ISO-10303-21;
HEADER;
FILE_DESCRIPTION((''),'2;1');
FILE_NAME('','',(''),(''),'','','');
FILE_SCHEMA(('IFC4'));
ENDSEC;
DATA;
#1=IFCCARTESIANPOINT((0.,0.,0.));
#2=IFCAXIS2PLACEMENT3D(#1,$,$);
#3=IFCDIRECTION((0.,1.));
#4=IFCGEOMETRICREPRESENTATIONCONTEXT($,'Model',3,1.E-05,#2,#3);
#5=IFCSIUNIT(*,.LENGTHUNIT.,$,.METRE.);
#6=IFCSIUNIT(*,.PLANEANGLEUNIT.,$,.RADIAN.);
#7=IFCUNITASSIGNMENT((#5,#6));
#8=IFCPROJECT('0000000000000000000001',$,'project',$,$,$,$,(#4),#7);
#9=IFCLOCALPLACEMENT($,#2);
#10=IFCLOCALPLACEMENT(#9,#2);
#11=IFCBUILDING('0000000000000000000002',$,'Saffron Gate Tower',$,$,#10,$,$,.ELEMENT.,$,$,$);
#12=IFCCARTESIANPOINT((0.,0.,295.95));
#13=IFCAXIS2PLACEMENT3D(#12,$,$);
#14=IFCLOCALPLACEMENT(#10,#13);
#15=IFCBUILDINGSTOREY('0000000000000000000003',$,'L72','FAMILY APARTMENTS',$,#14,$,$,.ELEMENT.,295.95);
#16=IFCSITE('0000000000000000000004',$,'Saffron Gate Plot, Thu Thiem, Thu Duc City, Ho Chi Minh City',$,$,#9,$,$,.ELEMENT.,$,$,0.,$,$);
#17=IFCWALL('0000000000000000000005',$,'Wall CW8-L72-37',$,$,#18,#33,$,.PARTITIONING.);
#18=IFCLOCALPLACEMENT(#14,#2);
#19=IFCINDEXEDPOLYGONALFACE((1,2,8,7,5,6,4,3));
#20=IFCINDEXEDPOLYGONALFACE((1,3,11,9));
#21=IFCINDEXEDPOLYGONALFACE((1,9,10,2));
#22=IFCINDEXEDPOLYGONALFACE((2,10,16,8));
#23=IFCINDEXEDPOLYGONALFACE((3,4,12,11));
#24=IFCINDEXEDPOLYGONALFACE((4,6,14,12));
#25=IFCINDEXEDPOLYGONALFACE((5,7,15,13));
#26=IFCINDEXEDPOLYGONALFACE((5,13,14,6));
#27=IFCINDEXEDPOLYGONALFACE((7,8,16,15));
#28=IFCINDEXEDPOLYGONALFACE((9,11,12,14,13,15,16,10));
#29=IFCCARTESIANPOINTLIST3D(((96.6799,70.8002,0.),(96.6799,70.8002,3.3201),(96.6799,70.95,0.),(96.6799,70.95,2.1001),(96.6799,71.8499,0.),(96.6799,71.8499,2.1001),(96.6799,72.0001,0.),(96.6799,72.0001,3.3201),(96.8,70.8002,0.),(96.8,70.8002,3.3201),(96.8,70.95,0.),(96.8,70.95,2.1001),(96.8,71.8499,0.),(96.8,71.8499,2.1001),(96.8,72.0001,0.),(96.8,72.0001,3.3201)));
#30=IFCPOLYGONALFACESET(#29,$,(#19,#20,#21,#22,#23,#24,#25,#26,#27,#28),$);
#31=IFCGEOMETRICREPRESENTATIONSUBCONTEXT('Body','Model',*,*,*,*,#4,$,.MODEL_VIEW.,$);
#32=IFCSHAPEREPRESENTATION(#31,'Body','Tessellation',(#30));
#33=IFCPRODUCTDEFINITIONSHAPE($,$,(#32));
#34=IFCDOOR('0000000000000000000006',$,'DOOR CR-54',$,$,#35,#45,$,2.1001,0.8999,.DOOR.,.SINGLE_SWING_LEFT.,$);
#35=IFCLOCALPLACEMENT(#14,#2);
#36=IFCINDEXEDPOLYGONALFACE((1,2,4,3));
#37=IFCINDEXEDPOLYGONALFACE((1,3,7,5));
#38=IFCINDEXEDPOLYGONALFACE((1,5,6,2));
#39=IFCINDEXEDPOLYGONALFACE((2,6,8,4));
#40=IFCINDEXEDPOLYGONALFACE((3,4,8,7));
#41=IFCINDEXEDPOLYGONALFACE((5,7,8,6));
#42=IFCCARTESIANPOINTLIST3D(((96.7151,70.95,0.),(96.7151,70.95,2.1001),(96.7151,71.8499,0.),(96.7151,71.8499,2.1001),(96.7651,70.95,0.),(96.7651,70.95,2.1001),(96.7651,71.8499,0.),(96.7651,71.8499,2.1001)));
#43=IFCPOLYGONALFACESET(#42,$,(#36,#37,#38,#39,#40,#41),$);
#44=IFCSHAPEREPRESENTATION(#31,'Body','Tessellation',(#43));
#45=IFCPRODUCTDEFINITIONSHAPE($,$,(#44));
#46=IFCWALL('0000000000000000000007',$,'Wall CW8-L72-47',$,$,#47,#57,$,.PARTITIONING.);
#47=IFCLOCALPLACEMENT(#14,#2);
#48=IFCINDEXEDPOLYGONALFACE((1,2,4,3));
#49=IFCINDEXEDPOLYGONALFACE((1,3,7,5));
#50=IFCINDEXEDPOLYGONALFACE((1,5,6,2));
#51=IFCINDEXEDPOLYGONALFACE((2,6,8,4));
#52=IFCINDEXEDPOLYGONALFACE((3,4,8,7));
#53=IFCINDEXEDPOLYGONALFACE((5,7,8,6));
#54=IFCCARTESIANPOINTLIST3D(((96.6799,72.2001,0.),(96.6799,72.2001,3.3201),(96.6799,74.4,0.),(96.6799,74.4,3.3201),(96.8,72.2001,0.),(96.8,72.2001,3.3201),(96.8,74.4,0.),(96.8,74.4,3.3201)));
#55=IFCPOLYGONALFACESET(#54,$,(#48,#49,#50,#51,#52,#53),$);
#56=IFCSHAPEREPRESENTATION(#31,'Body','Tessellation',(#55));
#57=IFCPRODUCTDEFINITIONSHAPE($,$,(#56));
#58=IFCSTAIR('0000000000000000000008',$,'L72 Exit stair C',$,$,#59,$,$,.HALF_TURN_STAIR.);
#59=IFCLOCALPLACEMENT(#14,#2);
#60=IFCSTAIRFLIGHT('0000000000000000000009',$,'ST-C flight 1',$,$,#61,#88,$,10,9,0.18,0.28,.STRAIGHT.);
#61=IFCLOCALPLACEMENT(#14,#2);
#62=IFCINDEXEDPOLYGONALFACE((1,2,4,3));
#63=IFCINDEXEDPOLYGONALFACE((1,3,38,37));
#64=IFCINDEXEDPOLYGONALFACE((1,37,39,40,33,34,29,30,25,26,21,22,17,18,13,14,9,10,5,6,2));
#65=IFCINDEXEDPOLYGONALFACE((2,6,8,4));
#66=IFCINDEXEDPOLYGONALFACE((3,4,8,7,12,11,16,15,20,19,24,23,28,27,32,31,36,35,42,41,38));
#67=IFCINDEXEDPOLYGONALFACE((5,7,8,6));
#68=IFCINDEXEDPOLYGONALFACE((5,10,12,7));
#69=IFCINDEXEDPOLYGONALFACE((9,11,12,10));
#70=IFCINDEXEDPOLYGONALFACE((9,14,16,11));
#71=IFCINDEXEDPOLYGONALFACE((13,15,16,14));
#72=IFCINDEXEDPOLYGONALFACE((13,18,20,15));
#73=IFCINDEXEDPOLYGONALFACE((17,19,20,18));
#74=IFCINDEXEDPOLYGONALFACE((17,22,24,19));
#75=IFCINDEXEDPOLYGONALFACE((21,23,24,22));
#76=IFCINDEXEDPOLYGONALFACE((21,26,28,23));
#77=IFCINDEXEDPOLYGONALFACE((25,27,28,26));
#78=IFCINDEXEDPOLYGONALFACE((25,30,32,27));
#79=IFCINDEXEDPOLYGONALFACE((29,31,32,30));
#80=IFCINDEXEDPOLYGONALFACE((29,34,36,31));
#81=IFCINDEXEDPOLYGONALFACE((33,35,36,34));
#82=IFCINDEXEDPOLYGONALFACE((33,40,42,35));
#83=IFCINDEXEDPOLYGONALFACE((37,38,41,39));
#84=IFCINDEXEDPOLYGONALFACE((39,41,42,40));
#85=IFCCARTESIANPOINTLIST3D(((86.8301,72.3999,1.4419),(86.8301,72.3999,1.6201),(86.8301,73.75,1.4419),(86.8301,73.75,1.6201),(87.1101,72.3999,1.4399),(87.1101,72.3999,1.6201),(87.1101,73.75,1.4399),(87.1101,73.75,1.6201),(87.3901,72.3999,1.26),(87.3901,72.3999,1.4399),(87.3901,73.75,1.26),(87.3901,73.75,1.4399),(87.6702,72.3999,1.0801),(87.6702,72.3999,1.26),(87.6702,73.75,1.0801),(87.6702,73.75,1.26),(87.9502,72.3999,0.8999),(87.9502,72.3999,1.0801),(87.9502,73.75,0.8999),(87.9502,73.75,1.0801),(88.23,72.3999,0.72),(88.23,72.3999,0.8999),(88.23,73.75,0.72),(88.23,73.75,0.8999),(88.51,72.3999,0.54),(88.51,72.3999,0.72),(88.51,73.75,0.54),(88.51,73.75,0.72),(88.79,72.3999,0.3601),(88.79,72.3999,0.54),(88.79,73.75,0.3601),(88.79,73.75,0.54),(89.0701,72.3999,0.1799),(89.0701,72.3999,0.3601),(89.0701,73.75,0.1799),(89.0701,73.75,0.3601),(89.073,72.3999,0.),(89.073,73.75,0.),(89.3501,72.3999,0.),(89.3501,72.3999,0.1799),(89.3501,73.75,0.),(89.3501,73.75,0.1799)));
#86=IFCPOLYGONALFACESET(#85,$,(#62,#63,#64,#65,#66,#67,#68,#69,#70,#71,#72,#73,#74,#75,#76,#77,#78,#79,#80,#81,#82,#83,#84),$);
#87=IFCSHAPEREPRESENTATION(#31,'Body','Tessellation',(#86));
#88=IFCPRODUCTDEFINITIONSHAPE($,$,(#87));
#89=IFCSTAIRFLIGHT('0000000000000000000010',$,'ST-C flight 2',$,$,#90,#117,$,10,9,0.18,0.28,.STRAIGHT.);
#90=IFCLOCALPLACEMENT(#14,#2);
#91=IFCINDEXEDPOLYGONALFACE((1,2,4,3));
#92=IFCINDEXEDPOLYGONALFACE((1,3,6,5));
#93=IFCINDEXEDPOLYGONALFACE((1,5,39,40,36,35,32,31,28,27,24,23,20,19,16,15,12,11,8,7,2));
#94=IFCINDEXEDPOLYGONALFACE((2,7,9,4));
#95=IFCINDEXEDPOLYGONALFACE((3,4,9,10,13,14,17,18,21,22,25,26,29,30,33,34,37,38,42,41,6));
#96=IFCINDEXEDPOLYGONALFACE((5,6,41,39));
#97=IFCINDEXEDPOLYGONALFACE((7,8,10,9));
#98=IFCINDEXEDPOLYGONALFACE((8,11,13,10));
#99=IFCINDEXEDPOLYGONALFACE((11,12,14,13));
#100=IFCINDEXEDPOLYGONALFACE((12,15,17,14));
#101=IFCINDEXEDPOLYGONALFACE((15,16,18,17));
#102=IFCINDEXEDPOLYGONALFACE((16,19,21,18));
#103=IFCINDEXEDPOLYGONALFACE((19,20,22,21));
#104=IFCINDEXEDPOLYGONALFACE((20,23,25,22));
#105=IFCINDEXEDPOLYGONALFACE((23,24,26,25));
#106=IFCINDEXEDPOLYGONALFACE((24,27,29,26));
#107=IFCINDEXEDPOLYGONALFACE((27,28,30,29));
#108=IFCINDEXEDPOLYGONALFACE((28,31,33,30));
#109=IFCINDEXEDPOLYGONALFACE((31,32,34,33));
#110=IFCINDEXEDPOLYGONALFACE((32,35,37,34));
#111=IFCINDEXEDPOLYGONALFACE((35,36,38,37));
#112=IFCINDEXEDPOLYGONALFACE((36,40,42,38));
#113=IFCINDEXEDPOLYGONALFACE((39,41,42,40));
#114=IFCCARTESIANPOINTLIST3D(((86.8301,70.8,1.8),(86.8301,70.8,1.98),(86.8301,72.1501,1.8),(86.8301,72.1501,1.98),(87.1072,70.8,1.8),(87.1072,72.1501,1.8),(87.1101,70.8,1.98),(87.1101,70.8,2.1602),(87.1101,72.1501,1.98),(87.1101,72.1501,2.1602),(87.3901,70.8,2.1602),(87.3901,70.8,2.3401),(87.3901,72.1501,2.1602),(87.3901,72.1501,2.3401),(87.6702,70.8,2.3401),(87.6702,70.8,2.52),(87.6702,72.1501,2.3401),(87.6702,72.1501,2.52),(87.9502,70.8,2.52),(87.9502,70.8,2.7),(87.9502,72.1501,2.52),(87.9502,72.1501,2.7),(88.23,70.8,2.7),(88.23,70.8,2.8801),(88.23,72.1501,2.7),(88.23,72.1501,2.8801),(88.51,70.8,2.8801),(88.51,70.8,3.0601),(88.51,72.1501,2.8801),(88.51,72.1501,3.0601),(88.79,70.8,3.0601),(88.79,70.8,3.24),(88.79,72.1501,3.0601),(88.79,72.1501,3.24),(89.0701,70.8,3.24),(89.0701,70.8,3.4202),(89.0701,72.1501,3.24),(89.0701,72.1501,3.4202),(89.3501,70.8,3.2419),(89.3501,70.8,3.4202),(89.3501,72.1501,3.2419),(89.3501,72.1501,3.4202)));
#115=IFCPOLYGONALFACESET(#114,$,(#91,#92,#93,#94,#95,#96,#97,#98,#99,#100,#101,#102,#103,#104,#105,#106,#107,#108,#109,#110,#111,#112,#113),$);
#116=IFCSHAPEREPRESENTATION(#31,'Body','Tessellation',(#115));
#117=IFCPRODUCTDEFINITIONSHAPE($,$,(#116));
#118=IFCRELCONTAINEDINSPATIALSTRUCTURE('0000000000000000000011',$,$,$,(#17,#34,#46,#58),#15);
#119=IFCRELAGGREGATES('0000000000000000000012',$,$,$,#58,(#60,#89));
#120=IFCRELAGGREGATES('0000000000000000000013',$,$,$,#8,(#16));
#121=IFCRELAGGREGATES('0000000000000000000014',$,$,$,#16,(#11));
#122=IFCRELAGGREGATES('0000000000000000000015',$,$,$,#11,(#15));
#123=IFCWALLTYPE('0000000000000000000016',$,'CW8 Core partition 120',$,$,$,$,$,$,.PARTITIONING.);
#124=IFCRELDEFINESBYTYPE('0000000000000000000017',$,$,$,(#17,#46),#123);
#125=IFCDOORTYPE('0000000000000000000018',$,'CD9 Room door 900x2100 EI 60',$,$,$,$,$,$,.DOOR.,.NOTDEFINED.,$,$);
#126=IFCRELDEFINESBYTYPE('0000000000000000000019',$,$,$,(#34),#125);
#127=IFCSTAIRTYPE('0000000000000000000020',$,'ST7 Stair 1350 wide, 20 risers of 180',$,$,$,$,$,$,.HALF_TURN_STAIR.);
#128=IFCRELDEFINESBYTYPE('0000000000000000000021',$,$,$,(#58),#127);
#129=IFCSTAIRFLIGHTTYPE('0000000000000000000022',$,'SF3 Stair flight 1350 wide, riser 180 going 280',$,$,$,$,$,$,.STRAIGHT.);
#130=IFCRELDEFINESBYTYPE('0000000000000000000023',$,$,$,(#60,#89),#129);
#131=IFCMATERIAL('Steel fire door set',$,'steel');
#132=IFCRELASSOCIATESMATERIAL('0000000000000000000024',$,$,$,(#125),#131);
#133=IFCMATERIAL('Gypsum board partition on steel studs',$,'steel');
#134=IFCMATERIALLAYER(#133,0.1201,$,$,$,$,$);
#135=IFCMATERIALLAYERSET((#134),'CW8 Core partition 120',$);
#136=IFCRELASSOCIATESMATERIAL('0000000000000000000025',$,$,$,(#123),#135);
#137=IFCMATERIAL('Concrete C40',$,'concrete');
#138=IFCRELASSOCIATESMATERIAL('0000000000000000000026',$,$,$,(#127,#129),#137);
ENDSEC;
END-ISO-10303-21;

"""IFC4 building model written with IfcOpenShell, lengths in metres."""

from ifc_helpers import new_model, si_unit, direction, frame, frame_2d, origin, place, context, subcontext, project, spatial, polyline, rectangle, outline, extrude, material, layer, layer_set, type_object, element, fill, aggregate, save


model = new_model("IFC4")

# Units and contexts
model_context = context("Model", 3, precision=1e-05, world=origin(), true_north=direction((0.0, 1.0)))
body_context = subcontext(model_context, "Body", "Model", "MODEL_VIEW")
ifc_project = project(units=[si_unit("LENGTHUNIT", "METRE"), si_unit("PLANEANGLEUNIT", "RADIAN")], contexts=[model_context])

# Site, building, storey
site_placement = place(None, origin())
site = spatial("IfcSite", under=ifc_project, at=site_placement, Name="Saffron Gate Plot, Thu Thiem, Thu Duc City, Ho Chi Minh City", CompositionType="ELEMENT", RefElevation=0.0)
building_placement = place(site_placement, origin())
building = spatial("IfcBuilding", under=site, at=building_placement, Name="Saffron Gate Tower", CompositionType="ELEMENT")
storey_placement = place(building_placement, frame((0.0, 0.0, 295.95)))
storey = spatial("IfcBuildingStorey", under=building, at=storey_placement, Name="L72", Description="FAMILY APARTMENTS", CompositionType="ELEMENT", Elevation=295.95)

# Shared definitions
ifc_material_1 = material(Name="Steel fire door set", Category="steel")

# Shared definitions
door_type_1 = type_object("IfcDoorType", Name="CD9 Room door 900x2100 EI 60", OperationType="NOTDEFINED", PredefinedType="DOOR", material=ifc_material_1)

# Wall, opening, door
ifc_material_2 = material(Name="Gypsum board partition on steel studs", Category="steel")
ifc_layer_1 = layer(ifc_material_2, 0.1201)
ifc_layer_set_1 = layer_set([ifc_layer_1], Name="CW8 Core partition 120")
wall_type_1 = type_object("IfcWallType", Name="CW8 Core partition 120", PredefinedType="PARTITIONING", material=ifc_layer_set_1)
wall_1_placement = place(storey_placement, frame((96.74, 70.8, 0.0), z_axis=(0.0, 0.0, 1.0), x_axis=(0.0, 1.0, 0.0)))
wall_1 = element("IfcWall", 1, at=wall_1_placement, inside=storey, type_object=wall_type_1, Name="Wall CW8-L72-37", PredefinedType="PARTITIONING", context=body_context, shape_type="SweptSolid", body=[
    extrude(rectangle(XDim=1.2, YDim=0.1201, at=frame_2d((0.6001, 0.0))), origin(), (0.0, 0.0, 1.0), 3.3201),
])
opening_1_placement = place(wall_1_placement, frame((0.1499, 0.0, 0.0)))
opening_1 = element("IfcOpeningElement", 2, at=opening_1_placement, cuts=wall_1, PredefinedType="OPENING", context=body_context, shape_type="SweptSolid", body=[
    extrude(rectangle(XDim=0.8999, YDim=2.1001, at=frame_2d((0.45, 1.05))), frame((0.0, 0.0701, 0.0), z_axis=(0.0, -1.0, 0.0), x_axis=(1.0, 0.0, 0.0)), (0.0, 0.0, 1.0), 0.1401),
])
door_1_placement = place(opening_1_placement, origin())
door_1 = element("IfcDoor", 3, at=door_1_placement, inside=storey, type_object=door_type_1, Name="DOOR CR-54", OperationType="SINGLE_SWING_LEFT", OverallHeight=2.1001, OverallWidth=0.8999, PredefinedType="DOOR", context=body_context, shape_type="SweptSolid", body=[
    extrude(rectangle(XDim=0.8999, YDim=2.1001, at=frame_2d((0.45, 1.05))), frame((0.0, 0.0249, 0.0), z_axis=(0.0, -1.0, 0.0), x_axis=(1.0, 0.0, 0.0)), (0.0, 0.0, 1.0), 0.05),
])
fill(opening_1, door_1)

# Wall
wall_2_placement = place(storey_placement, frame((96.74, 72.2, 0.0), z_axis=(0.0, 0.0, 1.0), x_axis=(0.0, 1.0, 0.0)))
element("IfcWall", 4, at=wall_2_placement, inside=storey, type_object=wall_type_1, Name="Wall CW8-L72-47", PredefinedType="PARTITIONING", context=body_context, shape_type="SweptSolid", body=[
    extrude(rectangle(XDim=2.2, YDim=0.1201, at=frame_2d((1.1001, 0.0))), origin(), (0.0, 0.0, 1.0), 3.3201),
])

# Stair, stair flights
ifc_material_3 = material(Name="Concrete C40", Category="concrete")
stair_type = type_object("IfcStairType", Name="ST7 Stair 1350 wide, 20 risers of 180", PredefinedType="HALF_TURN_STAIR", material=ifc_material_3)
stair_placement = place(storey_placement, origin())
stair = element("IfcStair", 5, at=stair_placement, inside=storey, type_object=stair_type, Name="L72 Exit stair C", PredefinedType="HALF_TURN_STAIR")
stair_flight_type = type_object("IfcStairFlightType", Name="SF3 Stair flight 1350 wide, riser 180 going 280", PredefinedType="STRAIGHT", material=ifc_material_3)
stair_flight_1_placement = place(storey_placement, frame((89.3501, 73.075, 0.0), z_axis=(0.0, 0.0, 1.0), x_axis=(-1.0, 0.0, 0.0)))
stair_flight_1 = element("IfcStairFlight", 6, at=stair_flight_1_placement, type_object=stair_flight_type, Name="ST-C flight 1", NumberOfRisers=10, NumberOfTreads=9, PredefinedType="STRAIGHT", RiserHeight=0.18, TreadLength=0.28, context=body_context, shape_type="SweptSolid", body=[
    extrude(outline(polyline([(0.0, 0.0), (0.0, 0.1799), (0.28, 0.1799), (0.28, 0.3601), (0.5601, 0.3601), (0.5601, 0.54), (0.8401, 0.54), (0.8401, 0.72), (1.1201, 0.72), (1.1201, 0.8999), (1.3999, 0.8999), (1.3999, 1.0801), (1.6799, 1.0801), (1.6799, 1.26), (1.96, 1.26), (1.96, 1.4399), (2.24, 1.4399), (2.24, 1.6201), (2.52, 1.6201), (2.52, 1.8), (2.52, 1.4419), (0.2771, 0.0), (0.0, 0.0)])), frame((0.0, 0.675, 0.0), z_axis=(0.0, -1.0, 0.0), x_axis=(1.0, 0.0, 0.0)), (0.0, 0.0, 1.0), 1.3501),
])
stair_flight_2_placement = place(storey_placement, frame((86.8301, 71.4751, 1.8), z_axis=(0.0, 0.0, 1.0), x_axis=(1.0, 0.0, 0.0)))
stair_flight_2 = element("IfcStairFlight", 7, at=stair_flight_2_placement, type_object=stair_flight_type, Name="ST-C flight 2", NumberOfRisers=10, NumberOfTreads=9, PredefinedType="STRAIGHT", RiserHeight=0.18, TreadLength=0.28, context=body_context, shape_type="SweptSolid", body=[
    extrude(outline(polyline([(0.0, 0.0), (0.0, 0.1799), (0.28, 0.1799), (0.28, 0.3601), (0.5601, 0.3601), (0.5601, 0.54), (0.8401, 0.54), (0.8401, 0.72), (1.1201, 0.72), (1.1201, 0.8999), (1.3999, 0.8999), (1.3999, 1.0801), (1.6799, 1.0801), (1.6799, 1.26), (1.96, 1.26), (1.96, 1.4399), (2.24, 1.4399), (2.24, 1.6201), (2.52, 1.6201), (2.52, 1.8), (2.52, 1.4419), (0.2771, 0.0), (0.0, 0.0)])), frame((0.0, 0.675, 0.0), z_axis=(0.0, -1.0, 0.0), x_axis=(1.0, 0.0, 0.0)), (0.0, 0.0, 1.0), 1.3501),
])
aggregate(stair, [stair_flight_1, stair_flight_2])

save(model, "model.ifc")
